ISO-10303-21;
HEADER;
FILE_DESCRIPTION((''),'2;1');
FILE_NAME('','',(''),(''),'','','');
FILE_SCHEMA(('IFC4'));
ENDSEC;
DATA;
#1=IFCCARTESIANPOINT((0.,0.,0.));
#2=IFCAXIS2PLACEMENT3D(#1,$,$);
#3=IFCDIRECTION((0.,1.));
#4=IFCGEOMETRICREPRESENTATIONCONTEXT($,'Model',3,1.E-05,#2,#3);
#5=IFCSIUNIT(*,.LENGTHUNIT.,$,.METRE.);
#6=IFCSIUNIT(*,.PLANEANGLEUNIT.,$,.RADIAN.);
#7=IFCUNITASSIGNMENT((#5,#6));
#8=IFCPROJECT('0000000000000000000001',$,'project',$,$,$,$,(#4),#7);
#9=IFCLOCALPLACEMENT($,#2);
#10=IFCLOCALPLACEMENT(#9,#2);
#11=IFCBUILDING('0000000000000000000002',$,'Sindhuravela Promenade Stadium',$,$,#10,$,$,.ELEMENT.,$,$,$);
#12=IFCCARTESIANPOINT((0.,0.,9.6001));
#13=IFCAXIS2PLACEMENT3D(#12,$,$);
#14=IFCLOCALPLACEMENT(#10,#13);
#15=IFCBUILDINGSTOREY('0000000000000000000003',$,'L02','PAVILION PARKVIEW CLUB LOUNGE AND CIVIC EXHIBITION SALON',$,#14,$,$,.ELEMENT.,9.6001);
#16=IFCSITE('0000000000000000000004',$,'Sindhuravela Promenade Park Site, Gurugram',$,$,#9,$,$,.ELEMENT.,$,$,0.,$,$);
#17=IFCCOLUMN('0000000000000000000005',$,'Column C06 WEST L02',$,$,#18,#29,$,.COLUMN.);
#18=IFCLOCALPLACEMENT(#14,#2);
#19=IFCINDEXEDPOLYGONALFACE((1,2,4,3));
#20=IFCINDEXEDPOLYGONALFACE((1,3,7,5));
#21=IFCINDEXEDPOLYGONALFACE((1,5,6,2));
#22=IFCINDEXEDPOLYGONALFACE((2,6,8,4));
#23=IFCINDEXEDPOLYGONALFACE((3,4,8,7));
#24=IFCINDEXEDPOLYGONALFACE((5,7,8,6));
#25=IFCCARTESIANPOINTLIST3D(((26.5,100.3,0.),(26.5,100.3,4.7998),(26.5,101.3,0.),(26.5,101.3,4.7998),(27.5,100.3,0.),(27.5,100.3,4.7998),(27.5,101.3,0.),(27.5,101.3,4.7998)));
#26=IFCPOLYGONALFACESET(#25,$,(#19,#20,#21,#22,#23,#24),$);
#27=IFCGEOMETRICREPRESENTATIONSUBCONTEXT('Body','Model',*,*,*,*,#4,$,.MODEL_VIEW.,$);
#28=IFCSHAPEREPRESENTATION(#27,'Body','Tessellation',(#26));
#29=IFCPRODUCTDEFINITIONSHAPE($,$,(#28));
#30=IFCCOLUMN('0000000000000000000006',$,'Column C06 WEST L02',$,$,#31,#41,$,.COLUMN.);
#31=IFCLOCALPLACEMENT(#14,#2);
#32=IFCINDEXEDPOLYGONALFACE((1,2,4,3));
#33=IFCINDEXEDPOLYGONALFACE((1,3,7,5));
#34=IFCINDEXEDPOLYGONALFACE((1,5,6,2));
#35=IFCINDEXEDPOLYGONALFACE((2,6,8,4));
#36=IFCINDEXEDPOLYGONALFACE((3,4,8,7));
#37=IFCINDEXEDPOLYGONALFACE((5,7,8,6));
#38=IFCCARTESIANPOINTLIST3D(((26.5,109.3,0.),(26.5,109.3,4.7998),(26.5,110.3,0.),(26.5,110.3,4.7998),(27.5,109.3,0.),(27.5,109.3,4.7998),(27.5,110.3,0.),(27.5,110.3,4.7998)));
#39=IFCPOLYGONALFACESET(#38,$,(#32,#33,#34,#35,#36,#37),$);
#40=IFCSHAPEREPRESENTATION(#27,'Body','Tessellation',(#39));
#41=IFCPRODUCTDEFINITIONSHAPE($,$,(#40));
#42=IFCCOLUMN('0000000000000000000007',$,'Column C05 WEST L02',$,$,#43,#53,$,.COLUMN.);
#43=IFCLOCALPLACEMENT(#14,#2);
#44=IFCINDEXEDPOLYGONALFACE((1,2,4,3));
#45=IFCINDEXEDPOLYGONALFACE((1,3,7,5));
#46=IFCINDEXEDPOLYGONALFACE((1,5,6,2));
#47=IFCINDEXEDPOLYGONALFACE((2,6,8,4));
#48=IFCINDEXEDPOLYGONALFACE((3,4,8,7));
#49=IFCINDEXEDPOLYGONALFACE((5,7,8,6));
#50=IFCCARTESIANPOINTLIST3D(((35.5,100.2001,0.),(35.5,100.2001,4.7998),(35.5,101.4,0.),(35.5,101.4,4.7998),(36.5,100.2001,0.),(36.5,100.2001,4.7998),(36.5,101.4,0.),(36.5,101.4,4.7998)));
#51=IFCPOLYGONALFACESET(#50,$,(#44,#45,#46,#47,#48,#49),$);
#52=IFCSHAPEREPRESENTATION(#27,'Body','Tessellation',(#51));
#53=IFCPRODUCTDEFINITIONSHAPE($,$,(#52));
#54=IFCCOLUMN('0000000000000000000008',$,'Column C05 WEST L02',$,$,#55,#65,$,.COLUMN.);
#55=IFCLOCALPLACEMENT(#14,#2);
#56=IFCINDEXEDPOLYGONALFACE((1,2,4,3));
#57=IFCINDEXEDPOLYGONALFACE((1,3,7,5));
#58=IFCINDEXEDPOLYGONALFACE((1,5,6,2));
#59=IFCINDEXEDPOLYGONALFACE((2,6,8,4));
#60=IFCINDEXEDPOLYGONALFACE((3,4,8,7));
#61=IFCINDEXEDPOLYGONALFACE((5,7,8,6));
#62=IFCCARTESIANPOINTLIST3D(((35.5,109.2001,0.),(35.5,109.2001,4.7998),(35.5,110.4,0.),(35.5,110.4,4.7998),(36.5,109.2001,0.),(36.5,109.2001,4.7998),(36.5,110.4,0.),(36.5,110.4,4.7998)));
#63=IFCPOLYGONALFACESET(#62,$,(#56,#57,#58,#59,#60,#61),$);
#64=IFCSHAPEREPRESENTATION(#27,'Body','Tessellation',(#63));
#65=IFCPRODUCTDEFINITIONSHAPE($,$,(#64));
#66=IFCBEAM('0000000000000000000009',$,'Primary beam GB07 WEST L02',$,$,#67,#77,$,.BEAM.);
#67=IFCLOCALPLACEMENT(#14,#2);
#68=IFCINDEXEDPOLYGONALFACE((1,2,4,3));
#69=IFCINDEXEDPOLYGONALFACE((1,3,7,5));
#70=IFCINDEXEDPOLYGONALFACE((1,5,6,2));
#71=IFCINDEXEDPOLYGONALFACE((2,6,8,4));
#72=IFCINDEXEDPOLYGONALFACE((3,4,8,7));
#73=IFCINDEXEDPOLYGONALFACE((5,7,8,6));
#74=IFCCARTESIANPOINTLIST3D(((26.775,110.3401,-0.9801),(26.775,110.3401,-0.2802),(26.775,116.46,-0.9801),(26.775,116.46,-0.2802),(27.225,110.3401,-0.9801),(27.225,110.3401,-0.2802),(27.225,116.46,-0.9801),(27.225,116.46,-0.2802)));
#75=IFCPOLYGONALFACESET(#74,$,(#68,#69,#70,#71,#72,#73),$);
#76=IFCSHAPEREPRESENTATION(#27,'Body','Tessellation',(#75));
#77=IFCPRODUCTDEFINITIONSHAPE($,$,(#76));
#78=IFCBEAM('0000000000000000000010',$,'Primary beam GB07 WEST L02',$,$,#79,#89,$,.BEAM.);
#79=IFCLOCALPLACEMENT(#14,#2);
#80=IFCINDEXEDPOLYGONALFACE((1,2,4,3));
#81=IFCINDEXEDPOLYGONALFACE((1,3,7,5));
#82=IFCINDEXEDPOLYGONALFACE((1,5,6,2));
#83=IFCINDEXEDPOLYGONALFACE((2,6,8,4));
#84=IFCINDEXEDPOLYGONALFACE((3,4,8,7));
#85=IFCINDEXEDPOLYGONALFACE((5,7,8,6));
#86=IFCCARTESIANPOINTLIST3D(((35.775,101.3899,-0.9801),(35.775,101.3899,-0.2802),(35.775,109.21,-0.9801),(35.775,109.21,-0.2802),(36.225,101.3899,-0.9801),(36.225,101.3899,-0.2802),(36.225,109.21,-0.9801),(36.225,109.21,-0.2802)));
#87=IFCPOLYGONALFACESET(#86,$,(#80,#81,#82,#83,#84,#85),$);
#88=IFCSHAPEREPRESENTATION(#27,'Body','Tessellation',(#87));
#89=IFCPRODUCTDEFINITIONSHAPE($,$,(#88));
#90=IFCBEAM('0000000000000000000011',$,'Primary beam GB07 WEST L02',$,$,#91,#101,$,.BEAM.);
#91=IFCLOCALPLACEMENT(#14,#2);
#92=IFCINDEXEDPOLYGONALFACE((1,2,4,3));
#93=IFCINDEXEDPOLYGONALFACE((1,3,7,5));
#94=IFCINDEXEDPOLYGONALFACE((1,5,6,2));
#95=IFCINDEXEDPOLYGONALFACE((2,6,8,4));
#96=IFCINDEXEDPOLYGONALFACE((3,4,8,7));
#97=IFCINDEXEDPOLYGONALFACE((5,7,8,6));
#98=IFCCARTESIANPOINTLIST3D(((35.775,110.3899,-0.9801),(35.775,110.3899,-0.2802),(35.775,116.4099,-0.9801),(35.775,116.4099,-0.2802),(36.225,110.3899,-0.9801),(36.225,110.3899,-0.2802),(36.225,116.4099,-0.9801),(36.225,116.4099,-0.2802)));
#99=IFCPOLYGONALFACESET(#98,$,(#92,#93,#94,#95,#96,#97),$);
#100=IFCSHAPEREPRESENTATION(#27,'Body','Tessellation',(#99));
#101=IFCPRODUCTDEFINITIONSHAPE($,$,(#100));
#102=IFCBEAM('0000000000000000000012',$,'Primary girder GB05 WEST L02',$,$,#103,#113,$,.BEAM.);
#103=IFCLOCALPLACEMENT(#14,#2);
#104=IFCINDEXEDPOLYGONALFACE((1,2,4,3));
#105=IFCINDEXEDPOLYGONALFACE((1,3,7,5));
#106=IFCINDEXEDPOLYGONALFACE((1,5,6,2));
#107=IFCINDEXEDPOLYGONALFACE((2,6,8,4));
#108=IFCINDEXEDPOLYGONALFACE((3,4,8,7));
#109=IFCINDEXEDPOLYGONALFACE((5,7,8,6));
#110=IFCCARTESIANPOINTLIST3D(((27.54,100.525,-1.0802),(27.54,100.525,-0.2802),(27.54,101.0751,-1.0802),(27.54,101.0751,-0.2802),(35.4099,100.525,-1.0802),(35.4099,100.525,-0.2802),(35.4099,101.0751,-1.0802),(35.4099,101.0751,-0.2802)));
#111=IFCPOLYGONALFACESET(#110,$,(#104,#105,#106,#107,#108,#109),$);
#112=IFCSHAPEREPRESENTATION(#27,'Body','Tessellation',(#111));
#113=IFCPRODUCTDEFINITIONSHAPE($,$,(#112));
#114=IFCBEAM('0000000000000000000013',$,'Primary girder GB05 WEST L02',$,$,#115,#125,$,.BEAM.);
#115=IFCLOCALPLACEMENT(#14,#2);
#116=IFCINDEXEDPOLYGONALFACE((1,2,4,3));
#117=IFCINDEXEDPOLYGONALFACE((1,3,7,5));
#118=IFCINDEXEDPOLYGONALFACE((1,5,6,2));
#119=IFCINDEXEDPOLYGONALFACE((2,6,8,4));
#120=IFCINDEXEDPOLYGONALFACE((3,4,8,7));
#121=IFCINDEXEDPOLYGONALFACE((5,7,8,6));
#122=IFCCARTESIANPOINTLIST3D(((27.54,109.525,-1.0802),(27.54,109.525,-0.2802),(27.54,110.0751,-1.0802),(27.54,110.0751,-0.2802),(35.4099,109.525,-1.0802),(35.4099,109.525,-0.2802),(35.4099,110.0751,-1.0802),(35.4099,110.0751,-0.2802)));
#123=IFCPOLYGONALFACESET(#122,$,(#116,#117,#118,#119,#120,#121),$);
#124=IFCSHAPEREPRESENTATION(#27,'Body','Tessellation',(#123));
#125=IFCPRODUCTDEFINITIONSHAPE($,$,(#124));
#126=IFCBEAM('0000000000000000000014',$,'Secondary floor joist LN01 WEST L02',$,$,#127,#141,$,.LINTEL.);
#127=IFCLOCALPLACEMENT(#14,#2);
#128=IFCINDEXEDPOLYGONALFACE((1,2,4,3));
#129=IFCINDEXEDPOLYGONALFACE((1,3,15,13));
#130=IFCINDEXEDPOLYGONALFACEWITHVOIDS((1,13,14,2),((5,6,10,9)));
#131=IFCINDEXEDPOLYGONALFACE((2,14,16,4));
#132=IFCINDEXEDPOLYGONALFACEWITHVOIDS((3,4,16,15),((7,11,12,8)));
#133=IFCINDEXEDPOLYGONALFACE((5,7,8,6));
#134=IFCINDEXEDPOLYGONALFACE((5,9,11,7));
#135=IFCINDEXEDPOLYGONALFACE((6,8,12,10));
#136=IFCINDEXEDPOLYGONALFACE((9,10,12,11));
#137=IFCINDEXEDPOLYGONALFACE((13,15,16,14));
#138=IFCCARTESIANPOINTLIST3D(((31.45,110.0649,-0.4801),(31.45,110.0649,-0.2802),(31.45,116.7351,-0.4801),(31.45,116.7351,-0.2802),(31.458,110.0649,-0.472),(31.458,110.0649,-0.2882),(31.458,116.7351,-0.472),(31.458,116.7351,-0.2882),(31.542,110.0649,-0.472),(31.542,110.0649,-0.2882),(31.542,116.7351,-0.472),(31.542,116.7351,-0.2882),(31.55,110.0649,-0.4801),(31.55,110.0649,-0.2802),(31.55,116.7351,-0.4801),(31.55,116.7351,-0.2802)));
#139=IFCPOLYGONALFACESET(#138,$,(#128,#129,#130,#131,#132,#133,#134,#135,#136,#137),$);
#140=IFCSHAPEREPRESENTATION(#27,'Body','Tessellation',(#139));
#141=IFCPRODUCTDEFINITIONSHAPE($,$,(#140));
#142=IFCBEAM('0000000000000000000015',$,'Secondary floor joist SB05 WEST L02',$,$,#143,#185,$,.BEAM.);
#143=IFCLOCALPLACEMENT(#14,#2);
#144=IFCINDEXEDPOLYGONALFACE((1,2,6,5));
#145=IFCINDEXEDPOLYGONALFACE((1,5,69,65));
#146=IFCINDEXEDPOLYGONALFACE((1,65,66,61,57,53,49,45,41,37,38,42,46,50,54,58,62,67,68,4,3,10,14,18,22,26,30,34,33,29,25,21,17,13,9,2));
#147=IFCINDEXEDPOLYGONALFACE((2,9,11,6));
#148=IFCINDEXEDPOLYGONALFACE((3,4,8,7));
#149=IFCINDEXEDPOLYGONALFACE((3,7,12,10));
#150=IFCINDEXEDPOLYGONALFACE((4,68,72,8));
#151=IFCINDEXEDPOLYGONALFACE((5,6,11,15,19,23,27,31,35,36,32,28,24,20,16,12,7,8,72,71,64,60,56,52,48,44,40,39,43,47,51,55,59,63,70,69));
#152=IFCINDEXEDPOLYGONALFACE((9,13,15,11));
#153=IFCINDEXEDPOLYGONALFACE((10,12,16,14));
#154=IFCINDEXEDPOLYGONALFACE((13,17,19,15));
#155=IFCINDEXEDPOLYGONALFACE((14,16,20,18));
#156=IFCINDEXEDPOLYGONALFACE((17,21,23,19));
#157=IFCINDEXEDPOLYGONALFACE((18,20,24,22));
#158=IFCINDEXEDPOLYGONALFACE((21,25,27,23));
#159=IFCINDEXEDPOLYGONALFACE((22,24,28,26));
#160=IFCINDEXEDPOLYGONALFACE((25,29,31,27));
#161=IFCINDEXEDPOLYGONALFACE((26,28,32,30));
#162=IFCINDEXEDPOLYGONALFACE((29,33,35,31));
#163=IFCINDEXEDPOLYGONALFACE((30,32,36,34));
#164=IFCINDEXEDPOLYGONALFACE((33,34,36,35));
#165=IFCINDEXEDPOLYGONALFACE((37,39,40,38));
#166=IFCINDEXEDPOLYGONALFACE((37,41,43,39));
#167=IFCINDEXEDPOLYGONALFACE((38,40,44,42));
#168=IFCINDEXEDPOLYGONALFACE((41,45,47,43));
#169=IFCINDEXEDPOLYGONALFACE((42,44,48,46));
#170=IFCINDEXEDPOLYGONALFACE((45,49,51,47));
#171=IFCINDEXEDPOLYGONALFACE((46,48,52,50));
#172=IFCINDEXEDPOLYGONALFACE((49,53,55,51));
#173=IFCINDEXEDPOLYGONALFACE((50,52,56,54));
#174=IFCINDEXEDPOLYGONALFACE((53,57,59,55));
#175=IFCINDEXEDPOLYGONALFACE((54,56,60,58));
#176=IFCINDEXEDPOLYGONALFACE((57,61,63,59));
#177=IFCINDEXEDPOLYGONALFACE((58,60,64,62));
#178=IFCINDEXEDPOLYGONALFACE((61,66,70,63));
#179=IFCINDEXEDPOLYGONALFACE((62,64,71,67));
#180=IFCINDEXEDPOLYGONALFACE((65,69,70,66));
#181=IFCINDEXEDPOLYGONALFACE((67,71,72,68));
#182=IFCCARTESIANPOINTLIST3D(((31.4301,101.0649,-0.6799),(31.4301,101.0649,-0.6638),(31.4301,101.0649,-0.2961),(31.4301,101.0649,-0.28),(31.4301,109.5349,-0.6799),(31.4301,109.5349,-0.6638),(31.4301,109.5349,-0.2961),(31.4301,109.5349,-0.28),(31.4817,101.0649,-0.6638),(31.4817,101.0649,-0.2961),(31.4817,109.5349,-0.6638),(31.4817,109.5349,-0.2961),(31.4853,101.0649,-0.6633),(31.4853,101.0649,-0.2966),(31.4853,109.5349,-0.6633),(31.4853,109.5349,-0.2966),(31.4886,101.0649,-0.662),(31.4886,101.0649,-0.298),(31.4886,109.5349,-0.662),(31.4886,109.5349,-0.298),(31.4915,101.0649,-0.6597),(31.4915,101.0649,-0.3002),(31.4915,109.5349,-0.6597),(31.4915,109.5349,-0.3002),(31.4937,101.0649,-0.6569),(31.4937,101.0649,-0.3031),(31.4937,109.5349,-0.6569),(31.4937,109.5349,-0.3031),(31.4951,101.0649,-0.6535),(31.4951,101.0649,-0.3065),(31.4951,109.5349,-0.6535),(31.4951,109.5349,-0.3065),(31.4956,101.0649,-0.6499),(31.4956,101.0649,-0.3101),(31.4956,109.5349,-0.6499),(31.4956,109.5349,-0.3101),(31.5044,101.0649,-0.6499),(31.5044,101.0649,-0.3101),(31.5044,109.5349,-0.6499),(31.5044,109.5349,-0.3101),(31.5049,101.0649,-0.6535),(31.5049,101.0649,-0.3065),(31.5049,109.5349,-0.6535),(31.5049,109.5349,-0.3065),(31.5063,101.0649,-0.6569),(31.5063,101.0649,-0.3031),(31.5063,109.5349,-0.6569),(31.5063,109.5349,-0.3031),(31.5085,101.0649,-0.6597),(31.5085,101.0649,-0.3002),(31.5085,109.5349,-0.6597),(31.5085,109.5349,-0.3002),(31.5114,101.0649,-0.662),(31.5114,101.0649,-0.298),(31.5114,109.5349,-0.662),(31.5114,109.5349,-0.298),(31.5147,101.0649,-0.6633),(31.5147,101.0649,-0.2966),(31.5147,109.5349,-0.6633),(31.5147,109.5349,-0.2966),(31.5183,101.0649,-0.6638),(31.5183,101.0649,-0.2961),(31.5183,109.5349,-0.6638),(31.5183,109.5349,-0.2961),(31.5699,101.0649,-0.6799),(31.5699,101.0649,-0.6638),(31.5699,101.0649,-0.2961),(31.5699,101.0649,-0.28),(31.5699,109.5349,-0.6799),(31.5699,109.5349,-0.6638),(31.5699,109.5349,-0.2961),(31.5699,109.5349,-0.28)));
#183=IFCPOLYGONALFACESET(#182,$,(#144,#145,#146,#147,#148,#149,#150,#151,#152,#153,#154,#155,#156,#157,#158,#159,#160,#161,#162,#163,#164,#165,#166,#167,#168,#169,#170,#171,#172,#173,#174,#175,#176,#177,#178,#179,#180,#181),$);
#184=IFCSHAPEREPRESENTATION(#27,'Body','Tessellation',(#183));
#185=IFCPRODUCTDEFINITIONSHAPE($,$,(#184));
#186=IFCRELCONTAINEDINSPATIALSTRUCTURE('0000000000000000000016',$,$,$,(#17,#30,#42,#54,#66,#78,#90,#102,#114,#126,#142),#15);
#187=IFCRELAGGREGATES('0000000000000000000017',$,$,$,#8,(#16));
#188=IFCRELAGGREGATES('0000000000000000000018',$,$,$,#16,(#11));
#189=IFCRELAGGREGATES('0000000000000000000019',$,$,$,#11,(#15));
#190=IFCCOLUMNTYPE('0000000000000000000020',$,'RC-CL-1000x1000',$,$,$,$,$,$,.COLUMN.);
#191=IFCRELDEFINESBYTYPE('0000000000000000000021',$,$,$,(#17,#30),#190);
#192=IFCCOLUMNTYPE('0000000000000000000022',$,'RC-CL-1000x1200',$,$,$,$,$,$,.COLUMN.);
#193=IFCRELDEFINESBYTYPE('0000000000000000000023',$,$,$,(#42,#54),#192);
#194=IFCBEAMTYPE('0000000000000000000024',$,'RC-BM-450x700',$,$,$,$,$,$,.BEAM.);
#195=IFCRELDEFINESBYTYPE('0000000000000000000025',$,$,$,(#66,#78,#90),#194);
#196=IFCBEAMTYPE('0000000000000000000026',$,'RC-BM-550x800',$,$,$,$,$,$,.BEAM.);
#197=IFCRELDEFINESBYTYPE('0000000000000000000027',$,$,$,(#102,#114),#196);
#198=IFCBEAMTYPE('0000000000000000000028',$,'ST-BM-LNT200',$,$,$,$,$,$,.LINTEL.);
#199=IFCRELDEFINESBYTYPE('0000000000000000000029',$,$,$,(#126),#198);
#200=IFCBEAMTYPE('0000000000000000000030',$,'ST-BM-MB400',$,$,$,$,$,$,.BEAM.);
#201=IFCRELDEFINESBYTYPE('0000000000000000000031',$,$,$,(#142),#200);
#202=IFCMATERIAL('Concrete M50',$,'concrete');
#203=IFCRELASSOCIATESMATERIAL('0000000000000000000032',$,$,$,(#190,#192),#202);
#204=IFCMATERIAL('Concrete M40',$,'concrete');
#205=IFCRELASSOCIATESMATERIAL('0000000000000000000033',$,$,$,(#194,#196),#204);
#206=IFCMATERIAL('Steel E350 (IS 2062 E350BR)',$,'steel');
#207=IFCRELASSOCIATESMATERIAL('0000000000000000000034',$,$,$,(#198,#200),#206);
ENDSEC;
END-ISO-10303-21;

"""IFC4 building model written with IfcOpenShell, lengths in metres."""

from ifc_helpers import new_model, si_unit, direction, frame, origin, origin_2d, place, context, subcontext, project, spatial, rectangle, hollow_rectangle, i_section, extrude, material, material_profile, profile_set, type_object, element, save


model = new_model("IFC4")

# Units and contexts
model_context = context("Model", 3, precision=1e-05, world=origin(), true_north=direction((0.0, 1.0)))
body_context = subcontext(model_context, "Body", "Model", "MODEL_VIEW")
ifc_project = project(units=[si_unit("LENGTHUNIT", "METRE"), si_unit("PLANEANGLEUNIT", "RADIAN")], contexts=[model_context])

# Site, building, storey
site_placement = place(None, origin())
site = spatial("IfcSite", under=ifc_project, at=site_placement, Name="Sindhuravela Promenade Park Site, Gurugram", CompositionType="ELEMENT", RefElevation=0.0)
building_placement = place(site_placement, origin())
building = spatial("IfcBuilding", under=site, at=building_placement, Name="Sindhuravela Promenade Stadium", CompositionType="ELEMENT")
storey_placement = place(building_placement, frame((0.0, 0.0, 9.6001)))
storey = spatial("IfcBuildingStorey", under=building, at=storey_placement, Name="L02", Description="PAVILION PARKVIEW CLUB LOUNGE AND CIVIC EXHIBITION SALON", CompositionType="ELEMENT", Elevation=9.6001)

# Columns
ifc_material_1 = material(Name="Concrete M50", Category="concrete")
ifc_material_profile_1 = material_profile(ifc_material_1, rectangle(XDim=1.0, YDim=1.0, at=origin_2d()), Name="RC 1000x1000")
ifc_profile_set_1 = profile_set([ifc_material_profile_1], Name="Concrete M50")
column_type_1 = type_object("IfcColumnType", Name="RC-CL-1000x1000", PredefinedType="COLUMN", material=ifc_profile_set_1)
for number, where, z_axis, x_axis, name in (
    (1, (27.0, 100.8, 0.0), (0.0, 0.0, 1.0), (1.0, 0.0, 0.0), "Column C06 WEST L02"),
    (2, (27.0, 109.8, 0.0), (0.0, 0.0, 1.0), (1.0, 0.0, 0.0), "Column C06 WEST L02"),
):
    element("IfcColumn", number, at=place(storey_placement, frame(where, z_axis=z_axis, x_axis=x_axis)), inside=storey, type_object=column_type_1, Name=name, PredefinedType="COLUMN", context=body_context, shape_type="SweptSolid", body=[
        extrude(rectangle(XDim=1.0, YDim=1.0, at=origin_2d()), origin(), (0.0, 0.0, 1.0), 4.7998),
    ])
ifc_material_profile_2 = material_profile(ifc_material_1, rectangle(XDim=1.0, YDim=1.2, at=origin_2d()), Name="RC 1000x1200")
ifc_profile_set_2 = profile_set([ifc_material_profile_2], Name="Concrete M50")
column_type_2 = type_object("IfcColumnType", Name="RC-CL-1000x1200", PredefinedType="COLUMN", material=ifc_profile_set_2)
for number, where, z_axis, x_axis, name in (
    (3, (36.0, 100.8, 0.0), (0.0, 0.0, 1.0), (1.0, 0.0, 0.0), "Column C05 WEST L02"),
    (4, (36.0, 109.8, 0.0), (0.0, 0.0, 1.0), (1.0, 0.0, 0.0), "Column C05 WEST L02"),
):
    element("IfcColumn", number, at=place(storey_placement, frame(where, z_axis=z_axis, x_axis=x_axis)), inside=storey, type_object=column_type_2, Name=name, PredefinedType="COLUMN", context=body_context, shape_type="SweptSolid", body=[
        extrude(rectangle(XDim=1.0, YDim=1.2, at=origin_2d()), origin(), (0.0, 0.0, 1.0), 4.7998),
    ])

# Beams
ifc_material_2 = material(Name="Concrete M40", Category="concrete")
ifc_material_profile_3 = material_profile(ifc_material_2, rectangle(XDim=0.45, YDim=0.7, at=origin_2d()), Name="RC 450x700")
ifc_profile_set_3 = profile_set([ifc_material_profile_3], Name="Concrete M40")
beam_type_1 = type_object("IfcBeamType", Name="RC-BM-450x700", PredefinedType="BEAM", material=ifc_profile_set_3)
beam_1_placement = place(storey_placement, frame((27.0, 110.3401, -0.6301), z_axis=(0.0, 1.0, 0.0), x_axis=(-1.0, 0.0, 0.0)))
element("IfcBeam", 5, at=beam_1_placement, inside=storey, type_object=beam_type_1, Name="Primary beam GB07 WEST L02", PredefinedType="BEAM", context=body_context, shape_type="SweptSolid", body=[
    extrude(rectangle(XDim=0.45, YDim=0.7, at=origin_2d()), origin(), (0.0, 0.0, 1.0), 6.1199),
])
beam_2_placement = place(storey_placement, frame((36.0, 101.3899, -0.6301), z_axis=(0.0, 1.0, 0.0), x_axis=(-1.0, 0.0, 0.0)))
element("IfcBeam", 6, at=beam_2_placement, inside=storey, type_object=beam_type_1, Name="Primary beam GB07 WEST L02", PredefinedType="BEAM", context=body_context, shape_type="SweptSolid", body=[
    extrude(rectangle(XDim=0.45, YDim=0.7, at=origin_2d()), origin(), (0.0, 0.0, 1.0), 7.8201),
])
beam_3_placement = place(storey_placement, frame((36.0, 110.3899, -0.6301), z_axis=(0.0, 1.0, 0.0), x_axis=(-1.0, 0.0, 0.0)))
element("IfcBeam", 7, at=beam_3_placement, inside=storey, type_object=beam_type_1, Name="Primary beam GB07 WEST L02", PredefinedType="BEAM", context=body_context, shape_type="SweptSolid", body=[
    extrude(rectangle(XDim=0.45, YDim=0.7, at=origin_2d()), origin(), (0.0, 0.0, 1.0), 6.02),
])
ifc_material_profile_4 = material_profile(ifc_material_2, rectangle(XDim=0.55, YDim=0.8, at=origin_2d()), Name="RC 550x800")
ifc_profile_set_4 = profile_set([ifc_material_profile_4], Name="Concrete M40")
beam_type_2 = type_object("IfcBeamType", Name="RC-BM-550x800", PredefinedType="BEAM", material=ifc_profile_set_4)
for number, where, z_axis, x_axis, name in (
    (8, (27.54, 100.8, -0.6802), (1.0, 0.0, 0.0), (0.0, 1.0, 0.0), "Primary girder GB05 WEST L02"),
    (9, (27.54, 109.8, -0.6802), (1.0, 0.0, 0.0), (0.0, 1.0, 0.0), "Primary girder GB05 WEST L02"),
):
    element("IfcBeam", number, at=place(storey_placement, frame(where, z_axis=z_axis, x_axis=x_axis)), inside=storey, type_object=beam_type_2, Name=name, PredefinedType="BEAM", context=body_context, shape_type="SweptSolid", body=[
        extrude(rectangle(XDim=0.55, YDim=0.8, at=origin_2d()), origin(), (0.0, 0.0, 1.0), 7.8699),
    ])
ifc_material_3 = material(Name="Steel E350 (IS 2062 E350BR)", Category="steel")
ifc_material_profile_5 = material_profile(ifc_material_3, hollow_rectangle(XDim=0.1001, YDim=0.2, WallThickness=0.0081, at=origin_2d()), Name="RHS 200x100x8")
ifc_profile_set_5 = profile_set([ifc_material_profile_5], Name="Steel E350 (IS 2062 E350BR)")
beam_type_3 = type_object("IfcBeamType", Name="ST-BM-LNT200", PredefinedType="LINTEL", material=ifc_profile_set_5)
beam_4_placement = place(storey_placement, frame((31.5, 110.0649, -0.3801), z_axis=(0.0, 1.0, 0.0), x_axis=(-1.0, 0.0, 0.0)))
element("IfcBeam", 10, at=beam_4_placement, inside=storey, type_object=beam_type_3, Name="Secondary floor joist LN01 WEST L02", PredefinedType="LINTEL", context=body_context, shape_type="SweptSolid", body=[
    extrude(hollow_rectangle(XDim=0.1001, YDim=0.2, WallThickness=0.0081, at=origin_2d()), origin(), (0.0, 0.0, 1.0), 6.6702),
])
ifc_material_profile_6 = material_profile(ifc_material_3, i_section(OverallWidth=0.1399, OverallDepth=0.3999, WebThickness=0.0088, FlangeThickness=0.0161, FilletRadius=0.0139, at=origin_2d()), Name="ISMB 400")
ifc_profile_set_6 = profile_set([ifc_material_profile_6], Name="Steel E350 (IS 2062 E350BR)")
beam_type_4 = type_object("IfcBeamType", Name="ST-BM-MB400", PredefinedType="BEAM", material=ifc_profile_set_6)
beam_5_placement = place(storey_placement, frame((31.5, 101.0649, -0.48), z_axis=(0.0, 1.0, 0.0), x_axis=(-1.0, 0.0, 0.0)))
element("IfcBeam", 11, at=beam_5_placement, inside=storey, type_object=beam_type_4, Name="Secondary floor joist SB05 WEST L02", PredefinedType="BEAM", context=body_context, shape_type="SweptSolid", body=[
    extrude(i_section(OverallWidth=0.1399, OverallDepth=0.3999, WebThickness=0.0088, FlangeThickness=0.0161, FilletRadius=0.0139, at=origin_2d()), origin(), (0.0, 0.0, 1.0), 8.47),
])

save(model, "model.ifc")
